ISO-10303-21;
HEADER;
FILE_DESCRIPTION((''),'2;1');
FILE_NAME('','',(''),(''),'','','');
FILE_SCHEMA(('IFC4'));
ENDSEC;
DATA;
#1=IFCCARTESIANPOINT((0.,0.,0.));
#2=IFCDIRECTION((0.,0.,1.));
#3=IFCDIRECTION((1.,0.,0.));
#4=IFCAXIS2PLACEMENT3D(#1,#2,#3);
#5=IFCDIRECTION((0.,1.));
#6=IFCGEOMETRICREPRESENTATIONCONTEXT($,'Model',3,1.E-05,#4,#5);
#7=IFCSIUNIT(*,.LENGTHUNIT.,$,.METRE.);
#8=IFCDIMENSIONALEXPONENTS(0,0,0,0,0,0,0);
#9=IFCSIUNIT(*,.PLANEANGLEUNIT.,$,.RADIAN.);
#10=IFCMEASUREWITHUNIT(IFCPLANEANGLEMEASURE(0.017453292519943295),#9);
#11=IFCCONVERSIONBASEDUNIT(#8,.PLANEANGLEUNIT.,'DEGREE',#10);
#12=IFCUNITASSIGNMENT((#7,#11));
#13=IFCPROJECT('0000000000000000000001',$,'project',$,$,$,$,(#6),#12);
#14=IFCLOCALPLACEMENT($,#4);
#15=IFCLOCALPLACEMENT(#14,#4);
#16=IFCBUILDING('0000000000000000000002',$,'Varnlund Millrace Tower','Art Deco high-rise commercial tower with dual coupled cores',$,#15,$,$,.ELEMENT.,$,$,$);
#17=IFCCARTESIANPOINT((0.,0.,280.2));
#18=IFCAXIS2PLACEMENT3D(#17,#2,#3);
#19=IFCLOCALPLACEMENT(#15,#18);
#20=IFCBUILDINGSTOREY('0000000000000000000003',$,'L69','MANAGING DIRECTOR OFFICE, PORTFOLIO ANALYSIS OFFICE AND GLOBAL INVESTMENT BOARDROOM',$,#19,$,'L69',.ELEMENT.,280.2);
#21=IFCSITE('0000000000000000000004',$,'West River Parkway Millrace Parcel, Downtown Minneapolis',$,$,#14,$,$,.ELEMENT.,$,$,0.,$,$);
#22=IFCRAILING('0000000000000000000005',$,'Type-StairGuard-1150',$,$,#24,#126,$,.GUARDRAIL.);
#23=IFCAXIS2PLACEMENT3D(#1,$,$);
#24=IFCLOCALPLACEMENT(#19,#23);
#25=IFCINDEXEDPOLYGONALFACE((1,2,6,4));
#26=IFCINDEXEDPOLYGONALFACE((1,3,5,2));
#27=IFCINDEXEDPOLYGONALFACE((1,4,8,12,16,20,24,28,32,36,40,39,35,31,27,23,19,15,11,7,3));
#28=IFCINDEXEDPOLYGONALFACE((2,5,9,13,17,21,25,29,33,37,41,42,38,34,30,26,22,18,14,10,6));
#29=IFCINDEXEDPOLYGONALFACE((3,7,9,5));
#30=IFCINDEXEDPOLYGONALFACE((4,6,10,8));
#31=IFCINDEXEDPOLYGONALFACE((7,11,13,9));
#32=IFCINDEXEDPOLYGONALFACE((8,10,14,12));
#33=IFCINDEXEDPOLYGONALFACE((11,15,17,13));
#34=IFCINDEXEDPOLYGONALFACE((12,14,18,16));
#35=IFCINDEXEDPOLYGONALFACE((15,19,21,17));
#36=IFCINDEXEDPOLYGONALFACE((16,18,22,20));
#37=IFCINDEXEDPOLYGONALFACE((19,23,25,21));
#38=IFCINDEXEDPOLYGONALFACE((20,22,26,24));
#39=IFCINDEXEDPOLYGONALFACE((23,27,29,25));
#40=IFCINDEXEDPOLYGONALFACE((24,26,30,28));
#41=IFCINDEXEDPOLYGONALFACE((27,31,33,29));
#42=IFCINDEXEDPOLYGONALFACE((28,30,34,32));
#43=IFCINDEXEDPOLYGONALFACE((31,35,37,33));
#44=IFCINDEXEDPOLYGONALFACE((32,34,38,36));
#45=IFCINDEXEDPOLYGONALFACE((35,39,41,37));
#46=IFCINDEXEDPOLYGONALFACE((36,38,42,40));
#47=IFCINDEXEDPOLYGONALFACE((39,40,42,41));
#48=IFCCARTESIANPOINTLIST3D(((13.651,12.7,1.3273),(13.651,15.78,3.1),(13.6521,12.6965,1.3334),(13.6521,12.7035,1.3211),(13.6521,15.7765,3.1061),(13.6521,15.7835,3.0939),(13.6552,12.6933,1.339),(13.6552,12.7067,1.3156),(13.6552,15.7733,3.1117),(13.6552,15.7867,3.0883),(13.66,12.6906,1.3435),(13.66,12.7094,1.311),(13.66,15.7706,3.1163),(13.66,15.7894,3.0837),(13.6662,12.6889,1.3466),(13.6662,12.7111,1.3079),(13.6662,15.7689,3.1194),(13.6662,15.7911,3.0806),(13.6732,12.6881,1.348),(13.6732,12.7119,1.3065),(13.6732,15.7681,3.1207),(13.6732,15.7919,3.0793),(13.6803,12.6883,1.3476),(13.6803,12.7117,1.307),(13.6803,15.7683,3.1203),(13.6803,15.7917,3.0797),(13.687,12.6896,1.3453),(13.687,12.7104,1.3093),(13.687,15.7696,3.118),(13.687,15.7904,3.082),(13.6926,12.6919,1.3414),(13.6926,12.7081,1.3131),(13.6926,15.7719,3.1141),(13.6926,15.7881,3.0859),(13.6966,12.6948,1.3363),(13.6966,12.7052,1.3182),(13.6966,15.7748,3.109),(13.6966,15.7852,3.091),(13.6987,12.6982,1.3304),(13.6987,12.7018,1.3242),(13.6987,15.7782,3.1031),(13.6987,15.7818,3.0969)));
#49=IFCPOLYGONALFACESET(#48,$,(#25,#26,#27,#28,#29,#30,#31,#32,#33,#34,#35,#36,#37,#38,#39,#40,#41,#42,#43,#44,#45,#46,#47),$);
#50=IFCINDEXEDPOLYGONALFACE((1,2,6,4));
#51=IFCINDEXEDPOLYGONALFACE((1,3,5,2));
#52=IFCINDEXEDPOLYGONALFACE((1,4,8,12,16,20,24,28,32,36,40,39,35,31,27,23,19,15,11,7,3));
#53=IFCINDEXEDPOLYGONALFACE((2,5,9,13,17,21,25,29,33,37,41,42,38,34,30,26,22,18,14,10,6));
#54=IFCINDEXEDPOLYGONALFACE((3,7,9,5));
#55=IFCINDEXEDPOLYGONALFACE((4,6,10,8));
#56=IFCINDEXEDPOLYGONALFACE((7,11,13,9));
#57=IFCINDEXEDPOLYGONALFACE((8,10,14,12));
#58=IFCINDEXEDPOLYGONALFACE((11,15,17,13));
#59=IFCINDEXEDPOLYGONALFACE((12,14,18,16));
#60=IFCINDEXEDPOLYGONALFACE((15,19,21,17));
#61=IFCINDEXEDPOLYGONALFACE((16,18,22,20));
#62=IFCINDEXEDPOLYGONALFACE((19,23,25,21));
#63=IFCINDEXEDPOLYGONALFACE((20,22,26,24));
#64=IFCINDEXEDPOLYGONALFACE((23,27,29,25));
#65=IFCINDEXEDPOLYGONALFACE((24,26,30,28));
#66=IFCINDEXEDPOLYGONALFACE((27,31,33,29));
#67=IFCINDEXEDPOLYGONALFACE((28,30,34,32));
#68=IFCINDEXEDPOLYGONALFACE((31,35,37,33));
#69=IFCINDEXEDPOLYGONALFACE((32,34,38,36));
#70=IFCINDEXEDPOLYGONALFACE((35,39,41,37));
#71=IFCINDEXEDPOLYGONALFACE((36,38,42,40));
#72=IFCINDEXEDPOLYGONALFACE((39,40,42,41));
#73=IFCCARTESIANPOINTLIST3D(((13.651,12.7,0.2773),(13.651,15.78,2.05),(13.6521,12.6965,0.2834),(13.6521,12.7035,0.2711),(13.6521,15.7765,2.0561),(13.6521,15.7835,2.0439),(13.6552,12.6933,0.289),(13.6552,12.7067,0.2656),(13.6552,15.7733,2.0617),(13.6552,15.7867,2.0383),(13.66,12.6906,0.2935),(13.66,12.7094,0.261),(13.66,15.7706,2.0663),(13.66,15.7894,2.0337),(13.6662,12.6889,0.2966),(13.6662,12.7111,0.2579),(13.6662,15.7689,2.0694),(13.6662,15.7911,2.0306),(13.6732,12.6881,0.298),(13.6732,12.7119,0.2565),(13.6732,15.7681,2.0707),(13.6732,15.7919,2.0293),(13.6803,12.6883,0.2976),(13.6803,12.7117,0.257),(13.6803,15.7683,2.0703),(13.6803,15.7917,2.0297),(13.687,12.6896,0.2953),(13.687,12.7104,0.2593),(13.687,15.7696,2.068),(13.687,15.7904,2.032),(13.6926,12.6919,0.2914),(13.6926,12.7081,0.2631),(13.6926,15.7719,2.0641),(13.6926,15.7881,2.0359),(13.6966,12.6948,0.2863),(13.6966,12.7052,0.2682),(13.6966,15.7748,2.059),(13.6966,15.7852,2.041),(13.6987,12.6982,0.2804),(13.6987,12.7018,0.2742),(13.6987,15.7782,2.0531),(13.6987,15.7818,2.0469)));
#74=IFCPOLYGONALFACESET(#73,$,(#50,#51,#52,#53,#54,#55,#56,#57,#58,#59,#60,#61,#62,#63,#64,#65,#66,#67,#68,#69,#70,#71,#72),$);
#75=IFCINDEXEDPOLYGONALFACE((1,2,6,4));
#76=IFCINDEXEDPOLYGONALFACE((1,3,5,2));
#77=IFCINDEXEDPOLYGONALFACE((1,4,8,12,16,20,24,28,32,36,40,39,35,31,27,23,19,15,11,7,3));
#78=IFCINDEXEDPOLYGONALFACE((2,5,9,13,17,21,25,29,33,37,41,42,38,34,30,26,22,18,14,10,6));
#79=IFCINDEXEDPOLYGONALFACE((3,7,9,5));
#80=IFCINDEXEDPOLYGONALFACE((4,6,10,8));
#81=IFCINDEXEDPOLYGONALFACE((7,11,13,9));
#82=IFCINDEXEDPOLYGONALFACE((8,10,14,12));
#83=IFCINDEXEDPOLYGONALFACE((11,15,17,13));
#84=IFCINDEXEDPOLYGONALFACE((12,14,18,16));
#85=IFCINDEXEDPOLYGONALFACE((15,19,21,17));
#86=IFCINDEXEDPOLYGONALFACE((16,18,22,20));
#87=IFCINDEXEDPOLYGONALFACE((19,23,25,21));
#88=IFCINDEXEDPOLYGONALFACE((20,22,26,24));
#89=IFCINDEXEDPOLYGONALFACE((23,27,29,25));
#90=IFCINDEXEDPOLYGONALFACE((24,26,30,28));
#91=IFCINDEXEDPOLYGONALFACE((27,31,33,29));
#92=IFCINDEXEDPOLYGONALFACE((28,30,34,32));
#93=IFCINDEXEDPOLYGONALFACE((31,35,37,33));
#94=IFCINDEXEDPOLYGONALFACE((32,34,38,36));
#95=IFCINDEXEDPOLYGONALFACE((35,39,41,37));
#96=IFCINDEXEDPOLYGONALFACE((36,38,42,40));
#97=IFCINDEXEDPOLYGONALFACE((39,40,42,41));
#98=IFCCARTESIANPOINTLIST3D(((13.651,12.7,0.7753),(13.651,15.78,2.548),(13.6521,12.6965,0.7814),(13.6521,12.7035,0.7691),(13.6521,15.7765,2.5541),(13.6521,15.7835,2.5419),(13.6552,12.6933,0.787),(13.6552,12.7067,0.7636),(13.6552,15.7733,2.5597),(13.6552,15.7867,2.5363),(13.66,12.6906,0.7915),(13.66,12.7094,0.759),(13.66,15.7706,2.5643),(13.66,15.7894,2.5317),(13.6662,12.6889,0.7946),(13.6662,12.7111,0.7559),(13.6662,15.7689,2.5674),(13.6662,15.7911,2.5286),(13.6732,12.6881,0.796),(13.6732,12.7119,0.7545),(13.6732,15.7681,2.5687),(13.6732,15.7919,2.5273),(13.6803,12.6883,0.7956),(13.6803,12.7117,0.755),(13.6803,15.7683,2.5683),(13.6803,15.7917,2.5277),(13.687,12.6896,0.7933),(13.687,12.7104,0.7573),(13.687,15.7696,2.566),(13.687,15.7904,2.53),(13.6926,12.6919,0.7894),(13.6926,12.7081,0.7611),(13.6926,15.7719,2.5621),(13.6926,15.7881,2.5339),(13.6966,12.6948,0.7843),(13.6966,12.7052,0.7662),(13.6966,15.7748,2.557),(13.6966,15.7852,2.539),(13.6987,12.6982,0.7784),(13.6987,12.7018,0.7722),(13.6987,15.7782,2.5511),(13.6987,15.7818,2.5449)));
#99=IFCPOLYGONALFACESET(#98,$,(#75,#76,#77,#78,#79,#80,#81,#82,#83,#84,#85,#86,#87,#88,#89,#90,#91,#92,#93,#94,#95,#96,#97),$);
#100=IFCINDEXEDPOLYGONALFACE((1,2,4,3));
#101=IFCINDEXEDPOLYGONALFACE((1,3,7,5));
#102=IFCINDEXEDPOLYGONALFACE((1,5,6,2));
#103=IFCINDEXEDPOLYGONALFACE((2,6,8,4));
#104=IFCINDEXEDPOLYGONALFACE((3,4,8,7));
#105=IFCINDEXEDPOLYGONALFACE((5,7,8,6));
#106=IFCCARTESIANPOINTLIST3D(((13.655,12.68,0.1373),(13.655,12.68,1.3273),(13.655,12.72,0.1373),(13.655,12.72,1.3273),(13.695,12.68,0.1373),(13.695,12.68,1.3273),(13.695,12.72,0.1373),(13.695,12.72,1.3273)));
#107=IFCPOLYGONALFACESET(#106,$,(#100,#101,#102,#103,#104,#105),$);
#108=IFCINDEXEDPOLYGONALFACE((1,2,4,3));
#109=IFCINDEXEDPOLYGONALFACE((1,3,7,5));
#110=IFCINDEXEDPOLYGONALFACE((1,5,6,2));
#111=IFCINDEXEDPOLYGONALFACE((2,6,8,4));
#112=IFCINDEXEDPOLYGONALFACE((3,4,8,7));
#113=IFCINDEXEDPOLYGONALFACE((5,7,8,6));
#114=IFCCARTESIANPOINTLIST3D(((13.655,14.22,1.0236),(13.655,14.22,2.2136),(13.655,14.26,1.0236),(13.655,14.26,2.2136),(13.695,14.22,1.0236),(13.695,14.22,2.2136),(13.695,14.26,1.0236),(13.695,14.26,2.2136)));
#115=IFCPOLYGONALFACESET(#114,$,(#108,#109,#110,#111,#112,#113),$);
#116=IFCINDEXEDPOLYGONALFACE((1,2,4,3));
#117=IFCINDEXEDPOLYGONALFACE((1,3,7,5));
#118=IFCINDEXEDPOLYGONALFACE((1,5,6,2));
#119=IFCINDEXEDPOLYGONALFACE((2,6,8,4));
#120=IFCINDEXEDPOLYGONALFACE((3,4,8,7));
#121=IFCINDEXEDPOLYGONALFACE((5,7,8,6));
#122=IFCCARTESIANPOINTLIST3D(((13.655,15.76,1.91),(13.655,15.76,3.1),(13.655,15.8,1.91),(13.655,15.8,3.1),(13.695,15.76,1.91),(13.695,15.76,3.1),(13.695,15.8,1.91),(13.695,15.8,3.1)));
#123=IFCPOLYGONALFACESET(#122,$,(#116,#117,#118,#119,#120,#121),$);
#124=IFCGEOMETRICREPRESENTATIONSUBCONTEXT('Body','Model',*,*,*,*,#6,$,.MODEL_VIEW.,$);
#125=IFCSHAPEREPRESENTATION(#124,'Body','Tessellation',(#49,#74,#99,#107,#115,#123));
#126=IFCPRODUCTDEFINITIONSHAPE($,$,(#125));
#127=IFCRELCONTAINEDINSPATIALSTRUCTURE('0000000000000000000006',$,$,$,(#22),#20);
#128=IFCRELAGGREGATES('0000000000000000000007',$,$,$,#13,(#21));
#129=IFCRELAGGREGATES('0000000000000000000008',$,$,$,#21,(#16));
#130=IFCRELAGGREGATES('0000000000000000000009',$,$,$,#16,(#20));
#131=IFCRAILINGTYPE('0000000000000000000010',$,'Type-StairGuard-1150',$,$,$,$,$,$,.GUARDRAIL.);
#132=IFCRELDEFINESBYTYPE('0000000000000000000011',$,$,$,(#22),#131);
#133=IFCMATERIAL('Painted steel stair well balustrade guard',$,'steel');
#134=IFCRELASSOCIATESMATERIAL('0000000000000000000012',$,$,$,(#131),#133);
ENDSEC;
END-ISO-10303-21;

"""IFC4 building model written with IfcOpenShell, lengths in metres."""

from ifc_helpers import new_model, entity, si_unit, converted_unit, direction, frame, origin_with_axes, origin_2d_with_axis, place, context, subcontext, project, spatial, rectangle, circle, extrude, material, type_object, element, save


model = new_model("IFC4")

# Units and contexts
model_context = context("Model", 3, precision=1e-05, world=origin_with_axes(), true_north=direction((0.0, 1.0)))
body_context = subcontext(model_context, "Body", "Model", "MODEL_VIEW")
ifc_project = project(units=[si_unit("LENGTHUNIT", "METRE"), converted_unit("PLANEANGLEUNIT", "DEGREE", entity("IfcPlaneAngleMeasure", 0.017453292519943295), si_unit("PLANEANGLEUNIT", "RADIAN"), dimensions=[0, 0, 0, 0, 0, 0, 0])], contexts=[model_context])

# Site, building, storey
site_placement = place(None, origin_with_axes())
site = spatial("IfcSite", under=ifc_project, at=site_placement, Name="West River Parkway Millrace Parcel, Downtown Minneapolis", CompositionType="ELEMENT", RefElevation=0.0)
building_placement = place(site_placement, origin_with_axes())
building = spatial("IfcBuilding", under=site, at=building_placement, Name="Varnlund Millrace Tower", Description="Art Deco high-rise commercial tower with dual coupled cores", CompositionType="ELEMENT")
storey_placement = place(building_placement, frame((0.0, 0.0, 280.2), z_axis=(0.0, 0.0, 1.0), x_axis=(1.0, 0.0, 0.0)))
storey = spatial("IfcBuildingStorey", under=building, at=storey_placement, Name="L69", Description="MANAGING DIRECTOR OFFICE, PORTFOLIO ANALYSIS OFFICE AND GLOBAL INVESTMENT BOARDROOM", LongName="L69", CompositionType="ELEMENT", Elevation=280.2)

# Railing
ifc_material_1 = material(Name="Painted steel stair well balustrade guard", Category="steel")
railing_type_1 = type_object("IfcRailingType", Name="Type-StairGuard-1150", PredefinedType="GUARDRAIL", material=ifc_material_1)
railing_1_placement = place(storey_placement, frame((0.0, 0.0, -280.2), z_axis=(0.0, 0.0, 1.0), x_axis=(1.0, 0.0, 0.0)))
element("IfcRailing", 1, at=railing_1_placement, inside=storey, type_object=railing_type_1, Name="Type-StairGuard-1150", PredefinedType="GUARDRAIL", context=body_context, shape_type="SweptSolid", body=[
    extrude(circle(Radius=0.024, at=origin_2d_with_axis()), frame((13.675, 12.7, 281.5273), z_axis=(0.0, 0.866696, 0.498836), x_axis=(-1.0, 0.0, 0.0)), (0.0, 0.0, 1.0), 3.5537),
    extrude(circle(Radius=0.024, at=origin_2d_with_axis()), frame((13.675, 12.7, 280.4773), z_axis=(0.0, 0.866696, 0.498836), x_axis=(-1.0, 0.0, 0.0)), (0.0, 0.0, 1.0), 3.5537),
    extrude(circle(Radius=0.024, at=origin_2d_with_axis()), frame((13.675, 12.7, 280.9753), z_axis=(0.0, 0.866696, 0.498836), x_axis=(-1.0, 0.0, 0.0)), (0.0, 0.0, 1.0), 3.5537),
    extrude(rectangle(XDim=0.04, YDim=0.04, at=origin_2d_with_axis()), frame((13.675, 12.7, 280.3373), z_axis=(0.0, 0.0, 1.0), x_axis=(1.0, 0.0, 0.0)), (0.0, 0.0, 1.0), 1.19),
    extrude(rectangle(XDim=0.04, YDim=0.04, at=origin_2d_with_axis()), frame((13.675, 14.24, 281.2236), z_axis=(0.0, 0.0, 1.0), x_axis=(1.0, 0.0, 0.0)), (0.0, 0.0, 1.0), 1.19),
    extrude(rectangle(XDim=0.04, YDim=0.04, at=origin_2d_with_axis()), frame((13.675, 15.78, 282.11), z_axis=(0.0, 0.0, 1.0), x_axis=(1.0, 0.0, 0.0)), (0.0, 0.0, 1.0), 1.19),
])

save(model, "model.ifc")
